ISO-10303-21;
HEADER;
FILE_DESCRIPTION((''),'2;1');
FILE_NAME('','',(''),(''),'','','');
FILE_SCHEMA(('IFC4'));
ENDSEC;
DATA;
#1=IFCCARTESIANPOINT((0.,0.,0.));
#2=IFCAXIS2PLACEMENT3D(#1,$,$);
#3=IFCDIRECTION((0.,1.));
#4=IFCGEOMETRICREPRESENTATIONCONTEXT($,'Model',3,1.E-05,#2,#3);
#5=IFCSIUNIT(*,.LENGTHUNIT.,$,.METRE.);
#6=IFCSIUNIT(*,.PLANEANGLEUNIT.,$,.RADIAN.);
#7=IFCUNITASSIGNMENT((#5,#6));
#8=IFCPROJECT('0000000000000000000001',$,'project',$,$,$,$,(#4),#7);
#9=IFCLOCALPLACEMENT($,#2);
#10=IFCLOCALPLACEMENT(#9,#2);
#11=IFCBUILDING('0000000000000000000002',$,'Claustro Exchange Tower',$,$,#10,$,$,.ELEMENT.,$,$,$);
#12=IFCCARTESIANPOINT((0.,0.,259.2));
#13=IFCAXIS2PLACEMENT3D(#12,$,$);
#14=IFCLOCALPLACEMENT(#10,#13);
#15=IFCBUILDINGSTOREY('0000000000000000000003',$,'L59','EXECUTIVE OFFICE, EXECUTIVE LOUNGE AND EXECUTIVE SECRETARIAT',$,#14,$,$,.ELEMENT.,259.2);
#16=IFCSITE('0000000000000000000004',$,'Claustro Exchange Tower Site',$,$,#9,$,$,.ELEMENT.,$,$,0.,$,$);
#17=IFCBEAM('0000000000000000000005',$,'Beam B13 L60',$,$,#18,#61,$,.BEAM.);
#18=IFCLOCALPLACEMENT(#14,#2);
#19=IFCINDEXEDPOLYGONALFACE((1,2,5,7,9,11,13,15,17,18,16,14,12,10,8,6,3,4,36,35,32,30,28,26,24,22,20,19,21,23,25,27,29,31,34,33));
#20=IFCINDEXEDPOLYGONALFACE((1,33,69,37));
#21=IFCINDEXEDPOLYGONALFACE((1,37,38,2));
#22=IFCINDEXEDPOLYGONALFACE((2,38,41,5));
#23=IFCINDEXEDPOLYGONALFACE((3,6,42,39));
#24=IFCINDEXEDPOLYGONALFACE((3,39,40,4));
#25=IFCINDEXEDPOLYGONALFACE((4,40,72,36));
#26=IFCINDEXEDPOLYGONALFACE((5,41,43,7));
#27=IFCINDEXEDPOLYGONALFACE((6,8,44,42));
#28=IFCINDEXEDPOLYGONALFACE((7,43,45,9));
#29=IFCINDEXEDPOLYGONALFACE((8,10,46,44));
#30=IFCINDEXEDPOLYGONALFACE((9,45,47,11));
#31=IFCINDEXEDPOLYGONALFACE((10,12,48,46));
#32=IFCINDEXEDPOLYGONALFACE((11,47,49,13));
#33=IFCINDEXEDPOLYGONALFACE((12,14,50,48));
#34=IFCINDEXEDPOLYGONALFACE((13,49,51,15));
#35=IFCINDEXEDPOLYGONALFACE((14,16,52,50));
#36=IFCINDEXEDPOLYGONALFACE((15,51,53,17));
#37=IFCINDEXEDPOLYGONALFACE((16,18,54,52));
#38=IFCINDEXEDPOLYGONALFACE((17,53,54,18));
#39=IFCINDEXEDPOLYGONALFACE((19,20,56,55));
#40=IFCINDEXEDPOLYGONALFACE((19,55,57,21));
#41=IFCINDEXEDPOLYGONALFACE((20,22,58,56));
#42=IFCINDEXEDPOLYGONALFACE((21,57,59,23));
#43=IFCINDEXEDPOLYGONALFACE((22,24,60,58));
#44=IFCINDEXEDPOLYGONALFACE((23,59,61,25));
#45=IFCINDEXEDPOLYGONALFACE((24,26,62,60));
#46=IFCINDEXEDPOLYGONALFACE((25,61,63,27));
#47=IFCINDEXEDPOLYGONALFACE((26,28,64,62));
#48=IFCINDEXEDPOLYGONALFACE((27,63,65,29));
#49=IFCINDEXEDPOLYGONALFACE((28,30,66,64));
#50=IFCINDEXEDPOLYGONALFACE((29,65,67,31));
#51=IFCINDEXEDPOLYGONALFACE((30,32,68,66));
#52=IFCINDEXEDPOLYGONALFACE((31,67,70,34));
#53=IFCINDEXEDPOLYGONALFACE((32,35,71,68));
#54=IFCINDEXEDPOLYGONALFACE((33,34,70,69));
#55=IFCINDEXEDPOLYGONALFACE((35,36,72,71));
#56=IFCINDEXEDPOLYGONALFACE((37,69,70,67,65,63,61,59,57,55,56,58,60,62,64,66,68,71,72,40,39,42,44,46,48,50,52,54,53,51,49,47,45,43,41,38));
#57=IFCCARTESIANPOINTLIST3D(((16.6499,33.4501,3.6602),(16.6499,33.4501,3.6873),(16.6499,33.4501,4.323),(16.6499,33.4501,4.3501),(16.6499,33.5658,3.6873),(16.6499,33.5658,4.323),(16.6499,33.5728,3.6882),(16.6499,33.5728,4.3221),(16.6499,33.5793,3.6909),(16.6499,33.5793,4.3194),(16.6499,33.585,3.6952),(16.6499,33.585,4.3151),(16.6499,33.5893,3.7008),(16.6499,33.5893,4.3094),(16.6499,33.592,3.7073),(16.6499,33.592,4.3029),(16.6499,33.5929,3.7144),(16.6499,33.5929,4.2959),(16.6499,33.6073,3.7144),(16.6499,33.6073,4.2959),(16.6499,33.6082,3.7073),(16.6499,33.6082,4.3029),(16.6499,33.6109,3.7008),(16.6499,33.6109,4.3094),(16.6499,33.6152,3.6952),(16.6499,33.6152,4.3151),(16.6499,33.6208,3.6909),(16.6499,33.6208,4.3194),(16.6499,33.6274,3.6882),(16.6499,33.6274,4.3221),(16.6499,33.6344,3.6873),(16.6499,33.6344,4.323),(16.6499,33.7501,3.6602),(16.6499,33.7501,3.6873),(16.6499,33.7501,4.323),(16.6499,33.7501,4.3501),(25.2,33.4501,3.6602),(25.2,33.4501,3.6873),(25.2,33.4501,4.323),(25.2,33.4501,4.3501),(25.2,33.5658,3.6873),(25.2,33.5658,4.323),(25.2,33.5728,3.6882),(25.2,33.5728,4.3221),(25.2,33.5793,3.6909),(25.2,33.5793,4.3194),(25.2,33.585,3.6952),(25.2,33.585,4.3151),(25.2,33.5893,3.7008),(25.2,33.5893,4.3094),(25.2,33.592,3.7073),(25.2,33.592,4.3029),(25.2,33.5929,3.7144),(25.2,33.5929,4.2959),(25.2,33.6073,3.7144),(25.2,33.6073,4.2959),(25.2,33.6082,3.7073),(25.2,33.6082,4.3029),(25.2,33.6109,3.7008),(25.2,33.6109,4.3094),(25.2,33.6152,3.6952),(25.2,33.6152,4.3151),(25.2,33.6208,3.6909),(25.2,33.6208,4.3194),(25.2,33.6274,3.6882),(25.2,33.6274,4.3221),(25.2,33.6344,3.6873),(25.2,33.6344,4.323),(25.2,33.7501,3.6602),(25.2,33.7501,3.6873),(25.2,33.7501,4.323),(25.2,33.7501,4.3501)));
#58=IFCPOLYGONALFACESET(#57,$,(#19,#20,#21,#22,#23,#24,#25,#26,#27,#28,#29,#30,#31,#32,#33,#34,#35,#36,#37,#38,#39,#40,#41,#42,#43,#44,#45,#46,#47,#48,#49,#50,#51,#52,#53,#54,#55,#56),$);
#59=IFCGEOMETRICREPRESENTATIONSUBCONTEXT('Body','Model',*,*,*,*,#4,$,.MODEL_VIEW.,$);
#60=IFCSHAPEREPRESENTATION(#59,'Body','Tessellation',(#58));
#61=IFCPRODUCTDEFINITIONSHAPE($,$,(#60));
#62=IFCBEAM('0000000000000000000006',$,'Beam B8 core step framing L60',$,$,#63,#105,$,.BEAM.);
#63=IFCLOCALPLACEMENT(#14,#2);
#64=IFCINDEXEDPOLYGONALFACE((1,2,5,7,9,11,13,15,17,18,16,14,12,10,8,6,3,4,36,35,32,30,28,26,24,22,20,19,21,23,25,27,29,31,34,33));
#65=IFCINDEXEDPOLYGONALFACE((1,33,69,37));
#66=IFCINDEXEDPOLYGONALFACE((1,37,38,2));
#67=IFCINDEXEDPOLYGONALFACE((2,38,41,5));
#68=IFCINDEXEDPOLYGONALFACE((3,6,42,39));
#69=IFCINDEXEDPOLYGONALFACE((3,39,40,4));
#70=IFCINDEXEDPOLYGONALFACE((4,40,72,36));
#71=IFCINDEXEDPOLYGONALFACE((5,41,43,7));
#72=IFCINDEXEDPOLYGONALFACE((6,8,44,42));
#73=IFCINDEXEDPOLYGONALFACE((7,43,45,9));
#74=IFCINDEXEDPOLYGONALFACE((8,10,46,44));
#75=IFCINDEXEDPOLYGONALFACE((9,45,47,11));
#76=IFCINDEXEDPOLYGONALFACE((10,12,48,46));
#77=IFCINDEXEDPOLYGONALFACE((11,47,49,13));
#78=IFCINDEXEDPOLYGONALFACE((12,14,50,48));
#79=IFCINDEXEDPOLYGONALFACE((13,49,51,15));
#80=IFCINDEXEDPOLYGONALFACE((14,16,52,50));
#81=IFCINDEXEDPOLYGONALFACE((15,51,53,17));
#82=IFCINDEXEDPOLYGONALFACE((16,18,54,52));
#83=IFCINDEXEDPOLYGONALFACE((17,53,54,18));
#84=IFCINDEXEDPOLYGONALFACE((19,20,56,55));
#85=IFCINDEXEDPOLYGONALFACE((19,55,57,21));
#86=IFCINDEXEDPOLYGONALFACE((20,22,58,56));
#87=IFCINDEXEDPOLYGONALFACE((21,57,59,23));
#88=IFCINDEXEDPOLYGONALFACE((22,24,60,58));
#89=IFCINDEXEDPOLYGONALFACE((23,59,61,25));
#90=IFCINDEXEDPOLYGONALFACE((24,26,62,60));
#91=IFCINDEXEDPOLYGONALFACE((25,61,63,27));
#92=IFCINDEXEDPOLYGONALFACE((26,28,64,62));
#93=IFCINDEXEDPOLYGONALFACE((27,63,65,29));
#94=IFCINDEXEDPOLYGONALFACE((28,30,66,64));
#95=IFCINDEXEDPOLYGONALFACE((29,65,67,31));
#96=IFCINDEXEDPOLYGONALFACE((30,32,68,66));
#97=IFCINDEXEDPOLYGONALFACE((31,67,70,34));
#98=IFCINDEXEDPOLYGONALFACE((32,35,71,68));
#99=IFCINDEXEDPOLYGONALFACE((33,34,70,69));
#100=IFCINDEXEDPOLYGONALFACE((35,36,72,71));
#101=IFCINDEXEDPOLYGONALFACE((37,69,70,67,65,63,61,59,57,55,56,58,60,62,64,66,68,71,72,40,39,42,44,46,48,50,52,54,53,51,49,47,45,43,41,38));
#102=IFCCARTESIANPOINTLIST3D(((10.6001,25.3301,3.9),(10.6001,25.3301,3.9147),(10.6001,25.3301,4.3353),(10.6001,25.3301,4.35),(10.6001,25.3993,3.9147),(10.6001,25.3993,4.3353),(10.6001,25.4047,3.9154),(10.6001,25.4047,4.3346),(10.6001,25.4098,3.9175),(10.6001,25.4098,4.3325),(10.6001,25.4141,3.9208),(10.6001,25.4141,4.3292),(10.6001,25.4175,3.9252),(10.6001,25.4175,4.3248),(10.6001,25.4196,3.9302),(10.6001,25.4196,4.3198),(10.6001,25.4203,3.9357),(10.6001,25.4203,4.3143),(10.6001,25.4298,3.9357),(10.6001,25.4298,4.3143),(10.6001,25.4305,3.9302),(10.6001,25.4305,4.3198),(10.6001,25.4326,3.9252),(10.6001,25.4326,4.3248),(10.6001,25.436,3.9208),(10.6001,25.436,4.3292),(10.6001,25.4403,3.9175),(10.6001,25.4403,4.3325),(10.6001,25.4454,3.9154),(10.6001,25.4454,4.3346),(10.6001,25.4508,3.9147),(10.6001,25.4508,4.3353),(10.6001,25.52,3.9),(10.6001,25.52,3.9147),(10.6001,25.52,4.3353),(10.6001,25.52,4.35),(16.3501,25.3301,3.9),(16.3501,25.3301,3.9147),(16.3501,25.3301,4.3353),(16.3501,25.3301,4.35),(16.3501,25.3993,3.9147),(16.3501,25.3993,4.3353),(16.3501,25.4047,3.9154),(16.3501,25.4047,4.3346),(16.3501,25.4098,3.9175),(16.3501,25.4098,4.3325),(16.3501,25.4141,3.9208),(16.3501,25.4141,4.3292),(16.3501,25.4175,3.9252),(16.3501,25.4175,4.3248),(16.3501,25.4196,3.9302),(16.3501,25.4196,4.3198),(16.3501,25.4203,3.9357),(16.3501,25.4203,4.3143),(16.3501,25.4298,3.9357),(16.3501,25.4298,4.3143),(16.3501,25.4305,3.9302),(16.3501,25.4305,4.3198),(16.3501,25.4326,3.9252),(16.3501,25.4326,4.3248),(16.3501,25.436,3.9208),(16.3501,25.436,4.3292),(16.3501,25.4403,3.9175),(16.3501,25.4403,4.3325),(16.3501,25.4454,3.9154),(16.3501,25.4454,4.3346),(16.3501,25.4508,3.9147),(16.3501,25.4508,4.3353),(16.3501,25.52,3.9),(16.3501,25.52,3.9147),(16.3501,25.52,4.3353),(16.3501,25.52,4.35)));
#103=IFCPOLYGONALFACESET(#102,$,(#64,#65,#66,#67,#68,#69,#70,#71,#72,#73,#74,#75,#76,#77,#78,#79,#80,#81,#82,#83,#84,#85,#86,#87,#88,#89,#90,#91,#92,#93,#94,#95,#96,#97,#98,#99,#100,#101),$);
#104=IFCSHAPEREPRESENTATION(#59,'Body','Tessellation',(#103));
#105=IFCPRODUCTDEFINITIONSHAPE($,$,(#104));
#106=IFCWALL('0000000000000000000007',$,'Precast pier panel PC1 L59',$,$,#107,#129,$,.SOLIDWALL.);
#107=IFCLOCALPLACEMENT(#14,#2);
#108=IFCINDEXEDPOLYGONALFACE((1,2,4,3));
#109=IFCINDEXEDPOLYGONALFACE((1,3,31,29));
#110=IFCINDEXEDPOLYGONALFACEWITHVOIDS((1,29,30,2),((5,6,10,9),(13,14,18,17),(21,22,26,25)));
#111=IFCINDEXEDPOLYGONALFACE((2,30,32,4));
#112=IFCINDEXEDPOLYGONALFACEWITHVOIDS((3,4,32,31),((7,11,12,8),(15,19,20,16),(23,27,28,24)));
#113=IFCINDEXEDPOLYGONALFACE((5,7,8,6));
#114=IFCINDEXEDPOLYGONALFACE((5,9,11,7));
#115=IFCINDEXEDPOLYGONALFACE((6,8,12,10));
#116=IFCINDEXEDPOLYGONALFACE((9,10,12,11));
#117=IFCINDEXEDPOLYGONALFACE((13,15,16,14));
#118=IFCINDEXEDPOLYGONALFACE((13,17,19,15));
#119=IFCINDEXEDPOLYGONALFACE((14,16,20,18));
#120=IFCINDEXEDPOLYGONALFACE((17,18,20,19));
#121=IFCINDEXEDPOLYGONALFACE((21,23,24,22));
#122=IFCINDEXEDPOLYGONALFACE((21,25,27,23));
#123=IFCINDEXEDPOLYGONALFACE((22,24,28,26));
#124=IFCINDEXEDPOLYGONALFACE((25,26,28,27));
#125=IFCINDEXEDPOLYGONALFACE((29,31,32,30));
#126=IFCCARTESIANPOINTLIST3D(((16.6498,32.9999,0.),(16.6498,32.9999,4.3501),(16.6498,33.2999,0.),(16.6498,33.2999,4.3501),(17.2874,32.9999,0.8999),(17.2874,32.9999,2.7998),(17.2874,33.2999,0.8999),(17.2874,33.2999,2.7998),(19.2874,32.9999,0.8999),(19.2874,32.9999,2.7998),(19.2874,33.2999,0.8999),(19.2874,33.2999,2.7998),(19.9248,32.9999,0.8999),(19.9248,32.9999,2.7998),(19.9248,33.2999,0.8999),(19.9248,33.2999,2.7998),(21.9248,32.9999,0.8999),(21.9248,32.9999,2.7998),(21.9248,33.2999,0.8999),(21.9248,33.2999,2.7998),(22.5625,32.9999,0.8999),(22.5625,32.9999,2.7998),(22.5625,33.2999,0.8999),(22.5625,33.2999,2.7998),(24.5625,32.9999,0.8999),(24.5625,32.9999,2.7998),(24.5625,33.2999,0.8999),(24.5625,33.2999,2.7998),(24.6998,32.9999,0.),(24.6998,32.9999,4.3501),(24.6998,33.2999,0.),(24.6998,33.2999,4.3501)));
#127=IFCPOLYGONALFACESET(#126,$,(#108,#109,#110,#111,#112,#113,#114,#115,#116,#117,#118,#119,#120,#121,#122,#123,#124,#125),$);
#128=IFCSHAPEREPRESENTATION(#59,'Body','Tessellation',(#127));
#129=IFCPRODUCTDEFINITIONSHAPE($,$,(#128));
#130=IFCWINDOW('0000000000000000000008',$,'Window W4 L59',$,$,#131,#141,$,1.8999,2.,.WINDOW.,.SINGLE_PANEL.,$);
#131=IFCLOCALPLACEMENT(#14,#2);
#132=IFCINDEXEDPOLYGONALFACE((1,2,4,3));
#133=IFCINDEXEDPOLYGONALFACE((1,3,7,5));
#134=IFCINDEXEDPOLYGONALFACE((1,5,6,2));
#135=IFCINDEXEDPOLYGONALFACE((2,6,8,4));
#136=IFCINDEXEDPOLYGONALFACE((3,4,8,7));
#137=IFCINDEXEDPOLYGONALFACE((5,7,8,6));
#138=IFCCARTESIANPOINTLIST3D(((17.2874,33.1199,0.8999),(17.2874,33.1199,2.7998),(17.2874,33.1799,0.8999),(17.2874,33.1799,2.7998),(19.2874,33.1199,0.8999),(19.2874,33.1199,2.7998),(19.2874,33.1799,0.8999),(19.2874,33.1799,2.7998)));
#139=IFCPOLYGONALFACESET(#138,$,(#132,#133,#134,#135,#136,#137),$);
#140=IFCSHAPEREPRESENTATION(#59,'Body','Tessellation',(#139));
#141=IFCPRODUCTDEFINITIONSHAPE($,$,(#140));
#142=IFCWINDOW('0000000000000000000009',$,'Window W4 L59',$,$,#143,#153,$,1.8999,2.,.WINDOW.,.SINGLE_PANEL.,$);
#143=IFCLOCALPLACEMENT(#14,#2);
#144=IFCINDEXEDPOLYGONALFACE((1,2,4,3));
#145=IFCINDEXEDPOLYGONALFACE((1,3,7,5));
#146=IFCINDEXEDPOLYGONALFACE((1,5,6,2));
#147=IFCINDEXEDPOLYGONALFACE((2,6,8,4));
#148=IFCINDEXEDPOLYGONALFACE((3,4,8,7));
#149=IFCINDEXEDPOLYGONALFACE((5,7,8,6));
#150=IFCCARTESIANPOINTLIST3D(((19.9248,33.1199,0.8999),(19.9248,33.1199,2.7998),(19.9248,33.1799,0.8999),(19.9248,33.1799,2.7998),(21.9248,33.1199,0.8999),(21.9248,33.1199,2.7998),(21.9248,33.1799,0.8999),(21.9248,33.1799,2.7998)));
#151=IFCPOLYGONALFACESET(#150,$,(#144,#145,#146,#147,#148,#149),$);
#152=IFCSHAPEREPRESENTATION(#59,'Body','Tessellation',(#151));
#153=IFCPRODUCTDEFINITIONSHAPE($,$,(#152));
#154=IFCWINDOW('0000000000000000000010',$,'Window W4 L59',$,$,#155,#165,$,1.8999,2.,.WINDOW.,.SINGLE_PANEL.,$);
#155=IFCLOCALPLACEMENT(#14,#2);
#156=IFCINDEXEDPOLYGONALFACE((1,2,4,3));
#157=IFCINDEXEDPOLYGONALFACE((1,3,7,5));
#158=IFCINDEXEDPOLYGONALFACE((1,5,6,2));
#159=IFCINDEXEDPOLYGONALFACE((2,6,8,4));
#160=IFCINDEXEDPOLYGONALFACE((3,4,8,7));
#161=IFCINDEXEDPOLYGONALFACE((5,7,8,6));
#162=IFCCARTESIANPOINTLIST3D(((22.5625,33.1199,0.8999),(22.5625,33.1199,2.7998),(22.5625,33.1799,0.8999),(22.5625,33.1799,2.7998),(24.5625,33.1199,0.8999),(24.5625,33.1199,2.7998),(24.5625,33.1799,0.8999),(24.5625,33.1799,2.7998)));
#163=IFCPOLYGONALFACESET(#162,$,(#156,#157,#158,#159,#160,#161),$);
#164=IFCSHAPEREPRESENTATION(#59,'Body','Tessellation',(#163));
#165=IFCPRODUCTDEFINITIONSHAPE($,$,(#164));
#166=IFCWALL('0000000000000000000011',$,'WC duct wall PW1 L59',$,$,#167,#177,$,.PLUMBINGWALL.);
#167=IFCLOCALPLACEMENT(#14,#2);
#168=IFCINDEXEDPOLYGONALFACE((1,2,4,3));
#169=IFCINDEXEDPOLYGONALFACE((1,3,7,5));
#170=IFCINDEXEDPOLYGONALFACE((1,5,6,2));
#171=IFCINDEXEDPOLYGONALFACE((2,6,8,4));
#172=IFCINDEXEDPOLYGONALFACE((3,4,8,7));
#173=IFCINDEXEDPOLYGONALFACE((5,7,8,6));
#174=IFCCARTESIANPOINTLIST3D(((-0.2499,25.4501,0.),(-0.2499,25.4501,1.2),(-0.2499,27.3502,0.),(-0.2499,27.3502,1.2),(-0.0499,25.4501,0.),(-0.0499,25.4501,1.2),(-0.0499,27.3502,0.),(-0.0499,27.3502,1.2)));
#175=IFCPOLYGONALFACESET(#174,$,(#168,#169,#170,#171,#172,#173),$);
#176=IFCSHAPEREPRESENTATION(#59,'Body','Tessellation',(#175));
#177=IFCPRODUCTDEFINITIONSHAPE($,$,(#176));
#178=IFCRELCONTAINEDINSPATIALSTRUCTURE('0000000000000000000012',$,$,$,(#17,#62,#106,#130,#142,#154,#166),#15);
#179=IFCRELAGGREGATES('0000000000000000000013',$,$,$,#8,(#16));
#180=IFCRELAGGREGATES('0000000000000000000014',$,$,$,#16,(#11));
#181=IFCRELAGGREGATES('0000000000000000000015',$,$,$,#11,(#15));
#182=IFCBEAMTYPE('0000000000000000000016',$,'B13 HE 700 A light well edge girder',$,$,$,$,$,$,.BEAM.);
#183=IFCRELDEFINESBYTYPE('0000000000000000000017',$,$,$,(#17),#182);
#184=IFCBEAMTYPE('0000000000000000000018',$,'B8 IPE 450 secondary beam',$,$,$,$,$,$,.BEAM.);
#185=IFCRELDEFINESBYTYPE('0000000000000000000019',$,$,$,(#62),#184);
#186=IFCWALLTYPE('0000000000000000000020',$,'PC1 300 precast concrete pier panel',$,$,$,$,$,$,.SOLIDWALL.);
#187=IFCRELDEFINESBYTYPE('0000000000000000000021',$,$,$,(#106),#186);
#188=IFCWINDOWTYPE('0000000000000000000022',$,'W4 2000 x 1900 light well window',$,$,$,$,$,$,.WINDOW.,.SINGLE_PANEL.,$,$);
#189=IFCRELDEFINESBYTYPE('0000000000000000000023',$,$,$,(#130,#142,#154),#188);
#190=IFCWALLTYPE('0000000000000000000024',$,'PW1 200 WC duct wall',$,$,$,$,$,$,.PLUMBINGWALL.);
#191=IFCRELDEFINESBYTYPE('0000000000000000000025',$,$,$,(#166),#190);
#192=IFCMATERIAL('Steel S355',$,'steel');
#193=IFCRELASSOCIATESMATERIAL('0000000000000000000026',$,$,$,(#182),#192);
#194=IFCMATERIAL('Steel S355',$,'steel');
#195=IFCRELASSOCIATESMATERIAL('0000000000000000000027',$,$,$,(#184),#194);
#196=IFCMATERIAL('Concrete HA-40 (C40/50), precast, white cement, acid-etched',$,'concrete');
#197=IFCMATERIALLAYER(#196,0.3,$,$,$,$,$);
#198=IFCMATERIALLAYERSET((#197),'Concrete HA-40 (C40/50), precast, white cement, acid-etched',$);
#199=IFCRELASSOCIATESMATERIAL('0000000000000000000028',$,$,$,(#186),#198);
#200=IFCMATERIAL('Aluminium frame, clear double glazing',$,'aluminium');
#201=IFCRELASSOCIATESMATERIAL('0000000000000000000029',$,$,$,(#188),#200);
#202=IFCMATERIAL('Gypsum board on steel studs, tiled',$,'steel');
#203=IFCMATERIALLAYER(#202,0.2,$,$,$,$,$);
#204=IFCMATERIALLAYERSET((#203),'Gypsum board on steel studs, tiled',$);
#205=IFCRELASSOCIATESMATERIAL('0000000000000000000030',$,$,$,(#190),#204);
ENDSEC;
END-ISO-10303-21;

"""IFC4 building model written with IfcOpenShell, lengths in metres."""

from ifc_helpers import new_model, si_unit, direction, frame, frame_2d, origin, origin_2d, place, context, subcontext, project, spatial, rectangle, i_section, extrude, material, layer, layer_set, material_profile, profile_set, type_object, element, fill, save


model = new_model("IFC4")

# Units and contexts
model_context = context("Model", 3, precision=1e-05, world=origin(), true_north=direction((0.0, 1.0)))
body_context = subcontext(model_context, "Body", "Model", "MODEL_VIEW")
ifc_project = project(units=[si_unit("LENGTHUNIT", "METRE"), si_unit("PLANEANGLEUNIT", "RADIAN")], contexts=[model_context])

# Site, building, storey
site_placement = place(None, origin())
site = spatial("IfcSite", under=ifc_project, at=site_placement, Name="Claustro Exchange Tower Site", CompositionType="ELEMENT", RefElevation=0.0)
building_placement = place(site_placement, origin())
building = spatial("IfcBuilding", under=site, at=building_placement, Name="Claustro Exchange Tower", CompositionType="ELEMENT")
storey_placement = place(building_placement, frame((0.0, 0.0, 259.2)))
storey = spatial("IfcBuildingStorey", under=building, at=storey_placement, Name="L59", Description="EXECUTIVE OFFICE, EXECUTIVE LOUNGE AND EXECUTIVE SECRETARIAT", CompositionType="ELEMENT", Elevation=259.2)

# Beams
ifc_material_1 = material(Name="Steel S355", Category="steel")
ifc_material_profile_1 = material_profile(ifc_material_1, i_section(OverallWidth=0.3, OverallDepth=0.6899, WebThickness=0.0144, FlangeThickness=0.0271, FilletRadius=0.0271, at=origin_2d()), Name="HE 700 A")
ifc_profile_set_1 = profile_set([ifc_material_profile_1], Name="Steel S355")
beam_type_1 = type_object("IfcBeamType", Name="B13 HE 700 A light well edge girder", PredefinedType="BEAM", material=ifc_profile_set_1)
beam_1_placement = place(storey_placement, frame((16.6499, 33.6001, 4.0051), z_axis=(1.0, 0.0, 0.0), x_axis=(0.0, 1.0, 0.0)))
element("IfcBeam", 1, at=beam_1_placement, inside=storey, type_object=beam_type_1, Name="Beam B13 L60", PredefinedType="BEAM", context=body_context, shape_type="SweptSolid", body=[
    extrude(i_section(OverallWidth=0.3, OverallDepth=0.6899, WebThickness=0.0144, FlangeThickness=0.0271, FilletRadius=0.0271, at=origin_2d()), origin(), (0.0, 0.0, 1.0), 8.55),
])
ifc_material_2 = material(Name="Steel S355", Category="steel")
ifc_material_profile_2 = material_profile(ifc_material_2, i_section(OverallWidth=0.1899, OverallDepth=0.45, WebThickness=0.0095, FlangeThickness=0.0146, FilletRadius=0.021, at=origin_2d()), Name="IPE 450")
ifc_profile_set_2 = profile_set([ifc_material_profile_2], Name="Steel S355")
beam_type_2 = type_object("IfcBeamType", Name="B8 IPE 450 secondary beam", PredefinedType="BEAM", material=ifc_profile_set_2)
beam_2_placement = place(storey_placement, frame((10.6001, 25.425, 4.125), z_axis=(1.0, 0.0, 0.0), x_axis=(0.0, 1.0, 0.0)))
element("IfcBeam", 2, at=beam_2_placement, inside=storey, type_object=beam_type_2, Name="Beam B8 core step framing L60", PredefinedType="BEAM", context=body_context, shape_type="SweptSolid", body=[
    extrude(i_section(OverallWidth=0.1899, OverallDepth=0.45, WebThickness=0.0095, FlangeThickness=0.0146, FilletRadius=0.021, at=origin_2d()), origin(), (0.0, 0.0, 1.0), 5.75),
])

# Wall, openings, windows
ifc_material_3 = material(Name="Concrete HA-40 (C40/50), precast, white cement, acid-etched", Category="concrete")
ifc_layer_1 = layer(ifc_material_3, 0.3)
ifc_layer_set_1 = layer_set([ifc_layer_1], Name="Concrete HA-40 (C40/50), precast, white cement, acid-etched")
wall_type_1 = type_object("IfcWallType", Name="PC1 300 precast concrete pier panel", PredefinedType="SOLIDWALL", material=ifc_layer_set_1)
wall_1_placement = place(storey_placement, frame((16.6499, 33.1499, 0.0), z_axis=(0.0, 0.0, 1.0), x_axis=(1.0, 0.0, 0.0)))
wall_1 = element("IfcWall", 3, at=wall_1_placement, inside=storey, type_object=wall_type_1, Name="Precast pier panel PC1 L59", PredefinedType="SOLIDWALL", context=body_context, shape_type="SweptSolid", body=[
    extrude(rectangle(XDim=8.05, YDim=0.3, at=frame_2d((4.0249, 0.0))), origin(), (0.0, 0.0, 1.0), 4.3501),
])
opening_1_placement = place(wall_1_placement, frame((0.6375, 0.0, 0.8999)))
opening_1 = element("IfcOpeningElement", 4, at=opening_1_placement, cuts=wall_1, PredefinedType="OPENING", context=body_context, shape_type="SweptSolid", body=[
    extrude(rectangle(XDim=2.0, YDim=1.8999, at=frame_2d((1.0, 0.95))), frame((0.0, 0.1599, 0.0), z_axis=(0.0, -1.0, 0.0), x_axis=(1.0, 0.0, 0.0)), (0.0, 0.0, 1.0), 0.3201),
])
opening_2_placement = place(wall_1_placement, frame((3.2749, 0.0, 0.8999)))
opening_2 = element("IfcOpeningElement", 5, at=opening_2_placement, cuts=wall_1, PredefinedType="OPENING", context=body_context, shape_type="SweptSolid", body=[
    extrude(rectangle(XDim=2.0, YDim=1.8999, at=frame_2d((1.0, 0.95))), frame((0.0, 0.1599, 0.0), z_axis=(0.0, -1.0, 0.0), x_axis=(1.0, 0.0, 0.0)), (0.0, 0.0, 1.0), 0.3201),
])
opening_3_placement = place(wall_1_placement, frame((5.9126, 0.0, 0.8999)))
opening_3 = element("IfcOpeningElement", 6, at=opening_3_placement, cuts=wall_1, PredefinedType="OPENING", context=body_context, shape_type="SweptSolid", body=[
    extrude(rectangle(XDim=2.0, YDim=1.8999, at=frame_2d((1.0, 0.95))), frame((0.0, 0.1599, 0.0), z_axis=(0.0, -1.0, 0.0), x_axis=(1.0, 0.0, 0.0)), (0.0, 0.0, 1.0), 0.3201),
])
ifc_material_4 = material(Name="Aluminium frame, clear double glazing", Category="aluminium")
window_type = type_object("IfcWindowType", Name="W4 2000 x 1900 light well window", PartitioningType="SINGLE_PANEL", PredefinedType="WINDOW", material=ifc_material_4)
window_1_placement = place(opening_1_placement, origin())
window_1 = element("IfcWindow", 7, at=window_1_placement, inside=storey, type_object=window_type, Name="Window W4 L59", OverallHeight=1.8999, OverallWidth=2.0, PartitioningType="SINGLE_PANEL", PredefinedType="WINDOW", context=body_context, shape_type="SweptSolid", body=[
    extrude(rectangle(XDim=2.0, YDim=1.8999, at=frame_2d((1.0, 0.95))), frame((0.0, 0.03, 0.0), z_axis=(0.0, -1.0, 0.0), x_axis=(1.0, 0.0, 0.0)), (0.0, 0.0, 1.0), 0.0601),
])
fill(opening_1, window_1)
window_2_placement = place(opening_2_placement, origin())
window_2 = element("IfcWindow", 8, at=window_2_placement, inside=storey, type_object=window_type, Name="Window W4 L59", OverallHeight=1.8999, OverallWidth=2.0, PartitioningType="SINGLE_PANEL", PredefinedType="WINDOW", context=body_context, shape_type="SweptSolid", body=[
    extrude(rectangle(XDim=2.0, YDim=1.8999, at=frame_2d((1.0, 0.95))), frame((0.0, 0.03, 0.0), z_axis=(0.0, -1.0, 0.0), x_axis=(1.0, 0.0, 0.0)), (0.0, 0.0, 1.0), 0.0601),
])
fill(opening_2, window_2)
window_3_placement = place(opening_3_placement, origin())
window_3 = element("IfcWindow", 9, at=window_3_placement, inside=storey, type_object=window_type, Name="Window W4 L59", OverallHeight=1.8999, OverallWidth=2.0, PartitioningType="SINGLE_PANEL", PredefinedType="WINDOW", context=body_context, shape_type="SweptSolid", body=[
    extrude(rectangle(XDim=2.0, YDim=1.8999, at=frame_2d((1.0, 0.95))), frame((0.0, 0.03, 0.0), z_axis=(0.0, -1.0, 0.0), x_axis=(1.0, 0.0, 0.0)), (0.0, 0.0, 1.0), 0.0601),
])
fill(opening_3, window_3)

# Wall
ifc_material_5 = material(Name="Gypsum board on steel studs, tiled", Category="steel")
ifc_layer_2 = layer(ifc_material_5, 0.2)
ifc_layer_set_2 = layer_set([ifc_layer_2], Name="Gypsum board on steel studs, tiled")
wall_type_2 = type_object("IfcWallType", Name="PW1 200 WC duct wall", PredefinedType="PLUMBINGWALL", material=ifc_layer_set_2)
wall_2_placement = place(storey_placement, frame((-0.1499, 25.45, 0.0), z_axis=(0.0, 0.0, 1.0), x_axis=(0.0, 1.0, 0.0)))
element("IfcWall", 10, at=wall_2_placement, inside=storey, type_object=wall_type_2, Name="WC duct wall PW1 L59", PredefinedType="PLUMBINGWALL", context=body_context, shape_type="SweptSolid", body=[
    extrude(rectangle(XDim=1.9001, YDim=0.2, at=frame_2d((0.9502, 0.0))), origin(), (0.0, 0.0, 1.0), 1.2),
])

save(model, "model.ifc")
